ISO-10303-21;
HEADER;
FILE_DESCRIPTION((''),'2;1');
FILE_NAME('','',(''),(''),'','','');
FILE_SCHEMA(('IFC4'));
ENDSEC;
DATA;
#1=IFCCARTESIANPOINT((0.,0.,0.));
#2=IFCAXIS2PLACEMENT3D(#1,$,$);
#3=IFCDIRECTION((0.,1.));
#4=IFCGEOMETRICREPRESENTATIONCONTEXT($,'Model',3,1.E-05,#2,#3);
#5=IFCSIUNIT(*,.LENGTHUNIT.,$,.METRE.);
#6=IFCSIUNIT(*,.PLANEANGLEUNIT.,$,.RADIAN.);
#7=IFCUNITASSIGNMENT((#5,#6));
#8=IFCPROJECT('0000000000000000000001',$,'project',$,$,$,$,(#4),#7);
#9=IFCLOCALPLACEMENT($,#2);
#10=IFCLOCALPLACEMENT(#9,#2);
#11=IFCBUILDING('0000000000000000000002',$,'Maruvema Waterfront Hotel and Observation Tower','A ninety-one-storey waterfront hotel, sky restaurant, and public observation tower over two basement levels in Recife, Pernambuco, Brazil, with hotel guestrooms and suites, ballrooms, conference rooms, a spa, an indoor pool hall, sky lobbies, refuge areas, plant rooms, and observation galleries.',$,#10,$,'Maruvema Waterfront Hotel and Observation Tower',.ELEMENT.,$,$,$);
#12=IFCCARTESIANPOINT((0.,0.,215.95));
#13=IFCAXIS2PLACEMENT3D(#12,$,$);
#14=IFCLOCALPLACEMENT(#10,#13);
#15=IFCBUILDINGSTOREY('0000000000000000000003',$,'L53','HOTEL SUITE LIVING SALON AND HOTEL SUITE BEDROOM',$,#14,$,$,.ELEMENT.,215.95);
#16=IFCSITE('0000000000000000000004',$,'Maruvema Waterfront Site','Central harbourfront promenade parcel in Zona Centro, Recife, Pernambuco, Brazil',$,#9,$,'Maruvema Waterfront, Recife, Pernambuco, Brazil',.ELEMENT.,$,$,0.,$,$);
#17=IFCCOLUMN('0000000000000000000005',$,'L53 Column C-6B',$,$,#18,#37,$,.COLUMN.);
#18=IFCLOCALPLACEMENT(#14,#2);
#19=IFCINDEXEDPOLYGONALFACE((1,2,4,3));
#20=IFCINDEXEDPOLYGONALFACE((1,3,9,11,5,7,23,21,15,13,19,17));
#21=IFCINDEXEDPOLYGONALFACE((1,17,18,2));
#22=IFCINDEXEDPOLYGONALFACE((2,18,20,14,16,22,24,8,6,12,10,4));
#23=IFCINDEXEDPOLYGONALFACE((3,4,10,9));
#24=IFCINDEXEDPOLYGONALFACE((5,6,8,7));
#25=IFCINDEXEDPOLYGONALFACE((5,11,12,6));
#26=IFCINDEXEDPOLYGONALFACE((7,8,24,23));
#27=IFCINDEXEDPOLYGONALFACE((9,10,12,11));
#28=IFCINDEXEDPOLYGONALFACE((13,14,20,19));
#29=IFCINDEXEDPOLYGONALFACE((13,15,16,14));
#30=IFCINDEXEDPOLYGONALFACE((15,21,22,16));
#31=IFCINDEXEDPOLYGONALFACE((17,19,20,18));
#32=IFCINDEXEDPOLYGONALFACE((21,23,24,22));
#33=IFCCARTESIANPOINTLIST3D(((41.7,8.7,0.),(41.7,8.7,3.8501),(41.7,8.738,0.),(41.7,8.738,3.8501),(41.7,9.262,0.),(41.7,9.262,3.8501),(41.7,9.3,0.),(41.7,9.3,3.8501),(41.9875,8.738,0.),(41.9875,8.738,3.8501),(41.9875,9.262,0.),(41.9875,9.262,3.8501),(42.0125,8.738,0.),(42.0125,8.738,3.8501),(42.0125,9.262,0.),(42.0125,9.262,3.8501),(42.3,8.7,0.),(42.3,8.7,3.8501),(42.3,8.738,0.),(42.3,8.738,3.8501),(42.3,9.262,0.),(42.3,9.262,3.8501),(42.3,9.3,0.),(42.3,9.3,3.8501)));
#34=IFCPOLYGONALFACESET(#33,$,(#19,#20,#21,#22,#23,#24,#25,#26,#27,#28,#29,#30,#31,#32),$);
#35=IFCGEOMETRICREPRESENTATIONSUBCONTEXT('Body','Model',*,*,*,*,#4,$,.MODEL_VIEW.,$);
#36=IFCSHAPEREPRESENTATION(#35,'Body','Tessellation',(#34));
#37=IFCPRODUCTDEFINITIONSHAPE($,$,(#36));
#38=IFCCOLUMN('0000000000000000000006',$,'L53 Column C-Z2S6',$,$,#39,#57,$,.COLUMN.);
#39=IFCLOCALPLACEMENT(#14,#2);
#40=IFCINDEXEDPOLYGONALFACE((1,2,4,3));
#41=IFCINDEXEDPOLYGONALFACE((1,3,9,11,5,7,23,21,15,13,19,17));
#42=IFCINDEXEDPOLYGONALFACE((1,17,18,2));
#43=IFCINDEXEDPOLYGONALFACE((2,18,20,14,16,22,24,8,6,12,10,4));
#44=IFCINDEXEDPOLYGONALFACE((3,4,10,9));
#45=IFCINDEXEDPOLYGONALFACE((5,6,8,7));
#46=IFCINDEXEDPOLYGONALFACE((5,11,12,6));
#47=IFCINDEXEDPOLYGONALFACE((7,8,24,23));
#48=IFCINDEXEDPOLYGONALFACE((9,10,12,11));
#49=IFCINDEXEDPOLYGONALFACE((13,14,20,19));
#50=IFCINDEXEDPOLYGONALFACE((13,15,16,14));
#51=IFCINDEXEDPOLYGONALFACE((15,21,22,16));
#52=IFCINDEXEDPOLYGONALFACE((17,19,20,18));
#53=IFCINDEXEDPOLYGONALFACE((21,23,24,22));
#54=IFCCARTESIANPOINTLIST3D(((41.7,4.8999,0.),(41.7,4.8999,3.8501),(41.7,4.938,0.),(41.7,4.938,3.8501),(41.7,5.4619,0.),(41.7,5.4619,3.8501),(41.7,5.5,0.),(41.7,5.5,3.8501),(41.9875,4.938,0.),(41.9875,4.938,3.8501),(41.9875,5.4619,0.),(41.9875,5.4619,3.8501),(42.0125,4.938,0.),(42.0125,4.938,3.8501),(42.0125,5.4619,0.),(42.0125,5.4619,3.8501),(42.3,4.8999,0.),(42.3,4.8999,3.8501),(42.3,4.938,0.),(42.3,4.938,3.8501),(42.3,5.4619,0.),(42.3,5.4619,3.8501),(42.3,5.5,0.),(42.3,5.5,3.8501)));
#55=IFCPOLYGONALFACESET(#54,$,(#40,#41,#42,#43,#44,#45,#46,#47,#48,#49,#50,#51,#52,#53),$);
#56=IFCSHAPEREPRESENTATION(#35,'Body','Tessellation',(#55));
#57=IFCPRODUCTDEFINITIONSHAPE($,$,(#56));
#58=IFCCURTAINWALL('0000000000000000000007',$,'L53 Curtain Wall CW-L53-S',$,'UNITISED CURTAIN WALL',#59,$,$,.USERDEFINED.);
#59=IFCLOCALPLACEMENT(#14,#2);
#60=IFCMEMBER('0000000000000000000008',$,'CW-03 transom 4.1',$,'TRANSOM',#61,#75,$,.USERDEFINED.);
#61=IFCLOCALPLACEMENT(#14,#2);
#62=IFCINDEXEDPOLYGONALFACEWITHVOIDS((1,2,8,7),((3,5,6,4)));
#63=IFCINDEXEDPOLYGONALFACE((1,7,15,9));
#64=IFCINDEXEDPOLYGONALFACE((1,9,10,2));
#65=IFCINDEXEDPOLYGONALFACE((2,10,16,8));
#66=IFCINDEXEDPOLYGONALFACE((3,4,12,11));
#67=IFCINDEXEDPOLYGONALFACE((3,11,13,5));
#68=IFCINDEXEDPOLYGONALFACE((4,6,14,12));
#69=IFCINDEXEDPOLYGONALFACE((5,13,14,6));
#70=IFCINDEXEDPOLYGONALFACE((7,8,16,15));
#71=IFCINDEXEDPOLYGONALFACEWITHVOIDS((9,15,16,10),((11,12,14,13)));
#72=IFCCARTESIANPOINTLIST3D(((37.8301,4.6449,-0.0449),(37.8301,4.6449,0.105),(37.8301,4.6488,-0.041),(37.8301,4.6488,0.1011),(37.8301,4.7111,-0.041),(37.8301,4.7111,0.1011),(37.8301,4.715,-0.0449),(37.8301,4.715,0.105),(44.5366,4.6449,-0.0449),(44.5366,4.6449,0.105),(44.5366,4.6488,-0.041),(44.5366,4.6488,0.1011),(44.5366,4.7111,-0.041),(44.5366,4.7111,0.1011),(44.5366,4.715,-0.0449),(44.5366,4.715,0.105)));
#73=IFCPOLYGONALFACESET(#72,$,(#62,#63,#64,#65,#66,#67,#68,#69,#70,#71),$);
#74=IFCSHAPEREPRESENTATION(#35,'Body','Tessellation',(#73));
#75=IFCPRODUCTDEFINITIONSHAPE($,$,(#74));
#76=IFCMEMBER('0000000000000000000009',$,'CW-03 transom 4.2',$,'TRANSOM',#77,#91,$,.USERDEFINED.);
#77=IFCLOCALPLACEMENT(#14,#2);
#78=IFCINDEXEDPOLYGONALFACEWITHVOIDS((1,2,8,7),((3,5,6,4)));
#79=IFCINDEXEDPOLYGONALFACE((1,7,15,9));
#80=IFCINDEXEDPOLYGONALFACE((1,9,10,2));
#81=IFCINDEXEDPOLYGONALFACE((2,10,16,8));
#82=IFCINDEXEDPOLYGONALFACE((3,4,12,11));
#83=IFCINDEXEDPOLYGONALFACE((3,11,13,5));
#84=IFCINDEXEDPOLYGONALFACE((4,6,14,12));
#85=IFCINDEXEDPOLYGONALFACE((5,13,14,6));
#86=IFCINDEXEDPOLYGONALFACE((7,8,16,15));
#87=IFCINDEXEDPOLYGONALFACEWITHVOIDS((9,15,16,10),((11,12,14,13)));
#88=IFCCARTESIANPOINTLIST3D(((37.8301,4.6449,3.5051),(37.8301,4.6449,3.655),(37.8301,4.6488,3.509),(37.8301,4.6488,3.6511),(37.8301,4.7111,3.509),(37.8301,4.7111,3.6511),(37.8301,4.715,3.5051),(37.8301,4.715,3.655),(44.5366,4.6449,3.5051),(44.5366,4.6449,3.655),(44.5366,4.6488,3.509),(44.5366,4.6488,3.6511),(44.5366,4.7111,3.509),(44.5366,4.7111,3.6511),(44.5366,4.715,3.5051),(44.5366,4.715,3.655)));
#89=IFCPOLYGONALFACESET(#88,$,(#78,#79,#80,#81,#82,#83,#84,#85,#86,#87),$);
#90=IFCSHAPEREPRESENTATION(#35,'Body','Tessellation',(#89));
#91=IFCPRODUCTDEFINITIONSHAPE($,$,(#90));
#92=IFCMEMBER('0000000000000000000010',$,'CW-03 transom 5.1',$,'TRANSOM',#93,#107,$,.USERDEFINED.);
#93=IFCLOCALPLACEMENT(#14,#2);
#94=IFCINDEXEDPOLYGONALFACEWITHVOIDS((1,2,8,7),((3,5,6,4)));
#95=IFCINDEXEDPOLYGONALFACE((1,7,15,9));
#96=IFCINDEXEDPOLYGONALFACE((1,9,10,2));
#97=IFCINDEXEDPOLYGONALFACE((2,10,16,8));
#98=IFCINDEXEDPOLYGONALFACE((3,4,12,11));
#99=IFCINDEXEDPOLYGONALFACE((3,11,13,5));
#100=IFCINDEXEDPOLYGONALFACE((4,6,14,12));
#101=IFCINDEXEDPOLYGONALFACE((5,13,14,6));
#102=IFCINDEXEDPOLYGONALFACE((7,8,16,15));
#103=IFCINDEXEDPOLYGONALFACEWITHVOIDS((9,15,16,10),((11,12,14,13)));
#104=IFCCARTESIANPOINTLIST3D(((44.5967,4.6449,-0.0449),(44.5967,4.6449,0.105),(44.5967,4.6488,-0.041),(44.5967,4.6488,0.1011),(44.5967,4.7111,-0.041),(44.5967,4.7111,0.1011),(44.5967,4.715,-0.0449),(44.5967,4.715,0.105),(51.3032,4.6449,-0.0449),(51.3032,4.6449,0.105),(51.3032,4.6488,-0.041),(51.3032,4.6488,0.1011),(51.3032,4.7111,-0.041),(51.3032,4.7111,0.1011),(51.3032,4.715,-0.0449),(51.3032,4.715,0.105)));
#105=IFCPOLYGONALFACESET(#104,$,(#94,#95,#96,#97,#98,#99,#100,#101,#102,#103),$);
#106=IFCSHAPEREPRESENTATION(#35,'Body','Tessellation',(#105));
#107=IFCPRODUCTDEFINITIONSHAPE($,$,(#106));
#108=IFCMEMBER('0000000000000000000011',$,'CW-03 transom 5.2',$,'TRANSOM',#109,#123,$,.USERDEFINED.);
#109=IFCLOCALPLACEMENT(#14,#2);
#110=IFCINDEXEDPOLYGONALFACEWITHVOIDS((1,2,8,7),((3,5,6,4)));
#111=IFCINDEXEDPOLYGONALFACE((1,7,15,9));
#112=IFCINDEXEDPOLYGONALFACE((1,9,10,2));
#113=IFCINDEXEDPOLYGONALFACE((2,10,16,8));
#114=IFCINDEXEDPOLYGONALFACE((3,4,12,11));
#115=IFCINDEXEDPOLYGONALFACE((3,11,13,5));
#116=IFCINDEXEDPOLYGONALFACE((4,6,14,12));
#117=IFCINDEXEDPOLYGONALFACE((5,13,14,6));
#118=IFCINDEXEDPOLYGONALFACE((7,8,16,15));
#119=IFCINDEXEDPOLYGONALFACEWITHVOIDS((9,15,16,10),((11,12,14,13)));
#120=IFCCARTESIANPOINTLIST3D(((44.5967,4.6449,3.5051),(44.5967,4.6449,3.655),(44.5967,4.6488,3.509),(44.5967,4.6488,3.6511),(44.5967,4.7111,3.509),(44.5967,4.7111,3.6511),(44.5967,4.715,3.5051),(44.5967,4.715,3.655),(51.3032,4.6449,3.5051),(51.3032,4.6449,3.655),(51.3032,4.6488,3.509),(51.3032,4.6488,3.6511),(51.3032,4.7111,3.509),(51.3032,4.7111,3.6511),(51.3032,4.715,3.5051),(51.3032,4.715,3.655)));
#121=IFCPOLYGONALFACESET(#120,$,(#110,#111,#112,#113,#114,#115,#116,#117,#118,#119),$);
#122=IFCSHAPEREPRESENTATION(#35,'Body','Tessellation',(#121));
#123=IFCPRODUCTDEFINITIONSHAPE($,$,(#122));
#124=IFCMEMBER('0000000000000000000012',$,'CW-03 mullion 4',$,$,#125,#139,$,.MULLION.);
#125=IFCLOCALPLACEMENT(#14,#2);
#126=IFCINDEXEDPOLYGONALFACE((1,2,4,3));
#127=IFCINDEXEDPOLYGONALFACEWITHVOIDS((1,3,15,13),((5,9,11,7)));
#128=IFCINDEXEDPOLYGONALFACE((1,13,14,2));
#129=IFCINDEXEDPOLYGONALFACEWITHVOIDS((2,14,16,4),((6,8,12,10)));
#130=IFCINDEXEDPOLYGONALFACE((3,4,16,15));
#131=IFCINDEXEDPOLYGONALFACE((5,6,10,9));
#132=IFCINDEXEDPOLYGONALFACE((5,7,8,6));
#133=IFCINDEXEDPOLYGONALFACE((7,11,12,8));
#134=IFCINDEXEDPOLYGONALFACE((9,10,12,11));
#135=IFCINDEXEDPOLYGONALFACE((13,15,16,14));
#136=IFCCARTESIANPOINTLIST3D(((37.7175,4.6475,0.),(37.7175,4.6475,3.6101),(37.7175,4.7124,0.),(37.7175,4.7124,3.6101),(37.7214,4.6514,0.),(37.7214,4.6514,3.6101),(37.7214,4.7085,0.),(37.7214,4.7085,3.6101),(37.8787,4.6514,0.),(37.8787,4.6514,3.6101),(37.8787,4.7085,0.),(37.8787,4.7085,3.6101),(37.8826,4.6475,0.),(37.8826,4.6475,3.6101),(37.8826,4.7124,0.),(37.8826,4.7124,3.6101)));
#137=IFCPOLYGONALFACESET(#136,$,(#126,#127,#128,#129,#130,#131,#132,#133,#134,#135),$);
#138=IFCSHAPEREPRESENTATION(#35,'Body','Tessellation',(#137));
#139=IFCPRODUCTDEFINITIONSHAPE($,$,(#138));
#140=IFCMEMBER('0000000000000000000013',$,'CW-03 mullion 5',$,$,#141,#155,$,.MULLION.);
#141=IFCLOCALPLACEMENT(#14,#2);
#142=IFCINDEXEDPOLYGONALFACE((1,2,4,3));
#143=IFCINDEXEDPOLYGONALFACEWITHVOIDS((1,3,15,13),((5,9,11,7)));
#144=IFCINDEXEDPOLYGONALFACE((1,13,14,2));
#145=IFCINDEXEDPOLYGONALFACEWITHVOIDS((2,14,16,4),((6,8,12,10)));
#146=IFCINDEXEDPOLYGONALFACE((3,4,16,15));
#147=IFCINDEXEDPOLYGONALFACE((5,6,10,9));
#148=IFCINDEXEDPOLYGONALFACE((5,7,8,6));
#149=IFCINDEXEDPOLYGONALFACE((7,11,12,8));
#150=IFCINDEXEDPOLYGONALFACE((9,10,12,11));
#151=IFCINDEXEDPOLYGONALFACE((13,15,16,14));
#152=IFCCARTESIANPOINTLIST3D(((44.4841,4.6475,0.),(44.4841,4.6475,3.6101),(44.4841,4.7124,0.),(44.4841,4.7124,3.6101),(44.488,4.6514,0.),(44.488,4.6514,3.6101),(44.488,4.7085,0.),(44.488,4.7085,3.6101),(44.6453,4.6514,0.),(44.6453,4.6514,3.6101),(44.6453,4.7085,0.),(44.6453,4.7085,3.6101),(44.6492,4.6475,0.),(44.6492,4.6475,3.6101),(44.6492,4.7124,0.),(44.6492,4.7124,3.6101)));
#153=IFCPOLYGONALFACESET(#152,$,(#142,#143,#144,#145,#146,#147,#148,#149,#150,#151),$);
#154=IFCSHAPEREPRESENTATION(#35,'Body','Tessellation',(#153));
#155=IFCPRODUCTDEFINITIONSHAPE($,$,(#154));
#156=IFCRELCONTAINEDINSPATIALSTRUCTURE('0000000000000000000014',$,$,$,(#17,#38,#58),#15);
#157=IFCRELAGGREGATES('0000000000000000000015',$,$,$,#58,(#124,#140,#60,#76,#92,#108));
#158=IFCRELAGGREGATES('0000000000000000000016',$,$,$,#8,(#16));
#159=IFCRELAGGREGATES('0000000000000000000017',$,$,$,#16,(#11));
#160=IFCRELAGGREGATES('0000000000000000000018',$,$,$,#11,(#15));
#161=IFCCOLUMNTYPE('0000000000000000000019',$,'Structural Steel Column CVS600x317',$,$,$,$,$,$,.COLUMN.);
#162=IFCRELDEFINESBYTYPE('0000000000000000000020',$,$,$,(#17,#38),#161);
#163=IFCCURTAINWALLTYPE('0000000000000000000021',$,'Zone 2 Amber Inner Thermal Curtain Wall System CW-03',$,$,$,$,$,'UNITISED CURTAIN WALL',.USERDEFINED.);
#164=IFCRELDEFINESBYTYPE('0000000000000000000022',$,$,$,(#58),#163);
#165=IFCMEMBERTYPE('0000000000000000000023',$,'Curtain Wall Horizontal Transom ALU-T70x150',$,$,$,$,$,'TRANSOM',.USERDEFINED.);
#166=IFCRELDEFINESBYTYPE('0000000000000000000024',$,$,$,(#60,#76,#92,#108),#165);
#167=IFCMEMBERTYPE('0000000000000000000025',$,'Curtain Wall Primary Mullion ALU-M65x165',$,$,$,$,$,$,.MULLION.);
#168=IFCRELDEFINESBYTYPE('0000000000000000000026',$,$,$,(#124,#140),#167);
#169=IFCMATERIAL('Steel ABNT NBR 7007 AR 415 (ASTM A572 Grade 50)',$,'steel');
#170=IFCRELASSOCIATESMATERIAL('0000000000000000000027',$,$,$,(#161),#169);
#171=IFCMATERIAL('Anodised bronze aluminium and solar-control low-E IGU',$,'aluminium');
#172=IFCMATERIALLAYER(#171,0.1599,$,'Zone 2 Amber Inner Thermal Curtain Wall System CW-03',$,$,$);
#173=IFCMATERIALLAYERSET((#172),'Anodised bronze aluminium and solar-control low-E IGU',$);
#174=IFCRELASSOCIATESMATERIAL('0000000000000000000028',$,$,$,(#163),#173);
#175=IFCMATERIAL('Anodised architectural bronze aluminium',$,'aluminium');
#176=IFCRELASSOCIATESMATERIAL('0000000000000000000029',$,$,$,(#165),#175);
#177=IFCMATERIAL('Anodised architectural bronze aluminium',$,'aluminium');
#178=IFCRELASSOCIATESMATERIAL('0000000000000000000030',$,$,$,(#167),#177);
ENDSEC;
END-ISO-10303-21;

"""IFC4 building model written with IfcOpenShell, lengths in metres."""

from ifc_helpers import new_model, si_unit, direction, frame, origin, origin_2d, place, context, subcontext, project, spatial, hollow_rectangle, i_section, extrude, material, layer, layer_set, material_profile, profile_set, type_object, element, aggregate, save


model = new_model("IFC4")

# Units and contexts
model_context = context("Model", 3, precision=1e-05, world=origin(), true_north=direction((0.0, 1.0)))
body_context = subcontext(model_context, "Body", "Model", "MODEL_VIEW")
ifc_project = project(units=[si_unit("LENGTHUNIT", "METRE"), si_unit("PLANEANGLEUNIT", "RADIAN")], contexts=[model_context])

# Site, building, storey
site_placement = place(None, origin())
site = spatial("IfcSite", under=ifc_project, at=site_placement, Name="Maruvema Waterfront Site", Description="Central harbourfront promenade parcel in Zona Centro, Recife, Pernambuco, Brazil", LongName="Maruvema Waterfront, Recife, Pernambuco, Brazil", CompositionType="ELEMENT", RefElevation=0.0)
building_placement = place(site_placement, origin())
building = spatial("IfcBuilding", under=site, at=building_placement, Name="Maruvema Waterfront Hotel and Observation Tower", Description="A ninety-one-storey waterfront hotel, sky restaurant, and public observation tower over two basement levels in Recife, Pernambuco, Brazil, with hotel guestrooms and suites, ballrooms, conference rooms, a spa, an indoor pool hall, sky lobbies, refuge areas, plant rooms, and observation galleries.", LongName="Maruvema Waterfront Hotel and Observation Tower", CompositionType="ELEMENT")
storey_placement = place(building_placement, frame((0.0, 0.0, 215.95)))
storey = spatial("IfcBuildingStorey", under=building, at=storey_placement, Name="L53", Description="HOTEL SUITE LIVING SALON AND HOTEL SUITE BEDROOM", CompositionType="ELEMENT", Elevation=215.95)

# Columns
ifc_material_1 = material(Name="Steel ABNT NBR 7007 AR 415 (ASTM A572 Grade 50)", Category="steel")
ifc_material_profile_1 = material_profile(ifc_material_1, i_section(OverallWidth=0.6001, OverallDepth=0.6001, WebThickness=0.0249, FlangeThickness=0.0381, at=origin_2d()), Name="CVS600x317")
ifc_profile_set_1 = profile_set([ifc_material_profile_1], Name="Steel ABNT NBR 7007 AR 415 (ASTM A572 Grade 50)")
column_type = type_object("IfcColumnType", Name="Structural Steel Column CVS600x317", PredefinedType="COLUMN", material=ifc_profile_set_1)
for number, where, z_axis, x_axis, name in (
    (1, (42.0, 9.0, 0.0), (0.0, 0.0, 1.0), (1.0, 0.0, 0.0), "L53 Column C-6B"),
    (2, (42.0, 5.2, 0.0), (0.0, 0.0, 1.0), (1.0, 0.0, 0.0), "L53 Column C-Z2S6"),
):
    element("IfcColumn", number, at=place(storey_placement, frame(where, z_axis=z_axis, x_axis=x_axis)), inside=storey, type_object=column_type, Name=name, PredefinedType="COLUMN", context=body_context, shape_type="SweptSolid", body=[
        extrude(i_section(OverallWidth=0.6001, OverallDepth=0.6001, WebThickness=0.0249, FlangeThickness=0.0381, at=origin_2d()), origin(), (0.0, 0.0, 1.0), 3.8501),
    ])

# Curtain wall, members
ifc_material_2 = material(Name="Anodised bronze aluminium and solar-control low-E IGU", Category="aluminium")
ifc_layer_1 = layer(ifc_material_2, 0.1599, Name="Zone 2 Amber Inner Thermal Curtain Wall System CW-03")
ifc_layer_set_1 = layer_set([ifc_layer_1], Name="Anodised bronze aluminium and solar-control low-E IGU")
curtain_wall_type = type_object("IfcCurtainWallType", Name="Zone 2 Amber Inner Thermal Curtain Wall System CW-03", ElementType="UNITISED CURTAIN WALL", PredefinedType="USERDEFINED", material=ifc_layer_set_1)
curtain_wall_placement = place(storey_placement, origin())
curtain_wall = element("IfcCurtainWall", 3, at=curtain_wall_placement, inside=storey, type_object=curtain_wall_type, Name="L53 Curtain Wall CW-L53-S", ObjectType="UNITISED CURTAIN WALL", PredefinedType="USERDEFINED")
ifc_material_3 = material(Name="Anodised architectural bronze aluminium", Category="aluminium")
ifc_material_profile_2 = material_profile(ifc_material_3, hollow_rectangle(XDim=0.0701, YDim=0.1499, WallThickness=0.0039, at=origin_2d()), Name="ALU-T70x150")
ifc_profile_set_2 = profile_set([ifc_material_profile_2], Name="Anodised architectural bronze aluminium")
member_type_1 = type_object("IfcMemberType", Name="Curtain Wall Horizontal Transom ALU-T70x150", ElementType="TRANSOM", PredefinedType="USERDEFINED", material=ifc_profile_set_2)
member_1_placement = place(storey_placement, frame((37.8301, 4.6799, 0.03), z_axis=(1.0, 0.0, 0.0), x_axis=(0.0, 1.0, 0.0)))
member_1 = element("IfcMember", 4, at=member_1_placement, type_object=member_type_1, Name="CW-03 transom 4.1", ObjectType="TRANSOM", PredefinedType="USERDEFINED", context=body_context, shape_type="SweptSolid", body=[
    extrude(hollow_rectangle(XDim=0.0701, YDim=0.1499, WallThickness=0.0039, at=origin_2d()), origin(), (0.0, 0.0, 1.0), 6.7065),
])
member_2_placement = place(storey_placement, frame((37.8301, 4.6799, 3.5801), z_axis=(1.0, 0.0, 0.0), x_axis=(0.0, 1.0, 0.0)))
member_2 = element("IfcMember", 5, at=member_2_placement, type_object=member_type_1, Name="CW-03 transom 4.2", ObjectType="TRANSOM", PredefinedType="USERDEFINED", context=body_context, shape_type="SweptSolid", body=[
    extrude(hollow_rectangle(XDim=0.0701, YDim=0.1499, WallThickness=0.0039, at=origin_2d()), origin(), (0.0, 0.0, 1.0), 6.7065),
])
member_3_placement = place(storey_placement, frame((44.5967, 4.6799, 0.03), z_axis=(1.0, 0.0, 0.0), x_axis=(0.0, 1.0, 0.0)))
member_3 = element("IfcMember", 6, at=member_3_placement, type_object=member_type_1, Name="CW-03 transom 5.1", ObjectType="TRANSOM", PredefinedType="USERDEFINED", context=body_context, shape_type="SweptSolid", body=[
    extrude(hollow_rectangle(XDim=0.0701, YDim=0.1499, WallThickness=0.0039, at=origin_2d()), origin(), (0.0, 0.0, 1.0), 6.7065),
])
member_4_placement = place(storey_placement, frame((44.5967, 4.6799, 3.5801), z_axis=(1.0, 0.0, 0.0), x_axis=(0.0, 1.0, 0.0)))
member_4 = element("IfcMember", 7, at=member_4_placement, type_object=member_type_1, Name="CW-03 transom 5.2", ObjectType="TRANSOM", PredefinedType="USERDEFINED", context=body_context, shape_type="SweptSolid", body=[
    extrude(hollow_rectangle(XDim=0.0701, YDim=0.1499, WallThickness=0.0039, at=origin_2d()), origin(), (0.0, 0.0, 1.0), 6.7065),
])
ifc_material_4 = material(Name="Anodised architectural bronze aluminium", Category="aluminium")
ifc_material_profile_3 = material_profile(ifc_material_4, hollow_rectangle(XDim=0.0649, YDim=0.165, WallThickness=0.0039, at=origin_2d()), Name="ALU-M65x165")
ifc_profile_set_3 = profile_set([ifc_material_profile_3], Name="Anodised architectural bronze aluminium")
member_type_2 = type_object("IfcMemberType", Name="Curtain Wall Primary Mullion ALU-M65x165", PredefinedType="MULLION", material=ifc_profile_set_3)
member_5_placement = place(storey_placement, frame((37.8, 4.6799, 0.0), z_axis=(0.0, 0.0, 1.0), x_axis=(0.0, 1.0, 0.0)))
member_5 = element("IfcMember", 8, at=member_5_placement, type_object=member_type_2, Name="CW-03 mullion 4", PredefinedType="MULLION", context=body_context, shape_type="SweptSolid", body=[
    extrude(hollow_rectangle(XDim=0.0649, YDim=0.165, WallThickness=0.0039, at=origin_2d()), origin(), (0.0, 0.0, 1.0), 3.6101),
])
member_6_placement = place(storey_placement, frame((44.5667, 4.6799, 0.0), z_axis=(0.0, 0.0, 1.0), x_axis=(0.0, 1.0, 0.0)))
member_6 = element("IfcMember", 9, at=member_6_placement, type_object=member_type_2, Name="CW-03 mullion 5", PredefinedType="MULLION", context=body_context, shape_type="SweptSolid", body=[
    extrude(hollow_rectangle(XDim=0.0649, YDim=0.165, WallThickness=0.0039, at=origin_2d()), origin(), (0.0, 0.0, 1.0), 3.6101),
])

aggregate(curtain_wall, [member_5, member_6, member_1, member_2, member_3, member_4])

save(model, "model.ifc")
